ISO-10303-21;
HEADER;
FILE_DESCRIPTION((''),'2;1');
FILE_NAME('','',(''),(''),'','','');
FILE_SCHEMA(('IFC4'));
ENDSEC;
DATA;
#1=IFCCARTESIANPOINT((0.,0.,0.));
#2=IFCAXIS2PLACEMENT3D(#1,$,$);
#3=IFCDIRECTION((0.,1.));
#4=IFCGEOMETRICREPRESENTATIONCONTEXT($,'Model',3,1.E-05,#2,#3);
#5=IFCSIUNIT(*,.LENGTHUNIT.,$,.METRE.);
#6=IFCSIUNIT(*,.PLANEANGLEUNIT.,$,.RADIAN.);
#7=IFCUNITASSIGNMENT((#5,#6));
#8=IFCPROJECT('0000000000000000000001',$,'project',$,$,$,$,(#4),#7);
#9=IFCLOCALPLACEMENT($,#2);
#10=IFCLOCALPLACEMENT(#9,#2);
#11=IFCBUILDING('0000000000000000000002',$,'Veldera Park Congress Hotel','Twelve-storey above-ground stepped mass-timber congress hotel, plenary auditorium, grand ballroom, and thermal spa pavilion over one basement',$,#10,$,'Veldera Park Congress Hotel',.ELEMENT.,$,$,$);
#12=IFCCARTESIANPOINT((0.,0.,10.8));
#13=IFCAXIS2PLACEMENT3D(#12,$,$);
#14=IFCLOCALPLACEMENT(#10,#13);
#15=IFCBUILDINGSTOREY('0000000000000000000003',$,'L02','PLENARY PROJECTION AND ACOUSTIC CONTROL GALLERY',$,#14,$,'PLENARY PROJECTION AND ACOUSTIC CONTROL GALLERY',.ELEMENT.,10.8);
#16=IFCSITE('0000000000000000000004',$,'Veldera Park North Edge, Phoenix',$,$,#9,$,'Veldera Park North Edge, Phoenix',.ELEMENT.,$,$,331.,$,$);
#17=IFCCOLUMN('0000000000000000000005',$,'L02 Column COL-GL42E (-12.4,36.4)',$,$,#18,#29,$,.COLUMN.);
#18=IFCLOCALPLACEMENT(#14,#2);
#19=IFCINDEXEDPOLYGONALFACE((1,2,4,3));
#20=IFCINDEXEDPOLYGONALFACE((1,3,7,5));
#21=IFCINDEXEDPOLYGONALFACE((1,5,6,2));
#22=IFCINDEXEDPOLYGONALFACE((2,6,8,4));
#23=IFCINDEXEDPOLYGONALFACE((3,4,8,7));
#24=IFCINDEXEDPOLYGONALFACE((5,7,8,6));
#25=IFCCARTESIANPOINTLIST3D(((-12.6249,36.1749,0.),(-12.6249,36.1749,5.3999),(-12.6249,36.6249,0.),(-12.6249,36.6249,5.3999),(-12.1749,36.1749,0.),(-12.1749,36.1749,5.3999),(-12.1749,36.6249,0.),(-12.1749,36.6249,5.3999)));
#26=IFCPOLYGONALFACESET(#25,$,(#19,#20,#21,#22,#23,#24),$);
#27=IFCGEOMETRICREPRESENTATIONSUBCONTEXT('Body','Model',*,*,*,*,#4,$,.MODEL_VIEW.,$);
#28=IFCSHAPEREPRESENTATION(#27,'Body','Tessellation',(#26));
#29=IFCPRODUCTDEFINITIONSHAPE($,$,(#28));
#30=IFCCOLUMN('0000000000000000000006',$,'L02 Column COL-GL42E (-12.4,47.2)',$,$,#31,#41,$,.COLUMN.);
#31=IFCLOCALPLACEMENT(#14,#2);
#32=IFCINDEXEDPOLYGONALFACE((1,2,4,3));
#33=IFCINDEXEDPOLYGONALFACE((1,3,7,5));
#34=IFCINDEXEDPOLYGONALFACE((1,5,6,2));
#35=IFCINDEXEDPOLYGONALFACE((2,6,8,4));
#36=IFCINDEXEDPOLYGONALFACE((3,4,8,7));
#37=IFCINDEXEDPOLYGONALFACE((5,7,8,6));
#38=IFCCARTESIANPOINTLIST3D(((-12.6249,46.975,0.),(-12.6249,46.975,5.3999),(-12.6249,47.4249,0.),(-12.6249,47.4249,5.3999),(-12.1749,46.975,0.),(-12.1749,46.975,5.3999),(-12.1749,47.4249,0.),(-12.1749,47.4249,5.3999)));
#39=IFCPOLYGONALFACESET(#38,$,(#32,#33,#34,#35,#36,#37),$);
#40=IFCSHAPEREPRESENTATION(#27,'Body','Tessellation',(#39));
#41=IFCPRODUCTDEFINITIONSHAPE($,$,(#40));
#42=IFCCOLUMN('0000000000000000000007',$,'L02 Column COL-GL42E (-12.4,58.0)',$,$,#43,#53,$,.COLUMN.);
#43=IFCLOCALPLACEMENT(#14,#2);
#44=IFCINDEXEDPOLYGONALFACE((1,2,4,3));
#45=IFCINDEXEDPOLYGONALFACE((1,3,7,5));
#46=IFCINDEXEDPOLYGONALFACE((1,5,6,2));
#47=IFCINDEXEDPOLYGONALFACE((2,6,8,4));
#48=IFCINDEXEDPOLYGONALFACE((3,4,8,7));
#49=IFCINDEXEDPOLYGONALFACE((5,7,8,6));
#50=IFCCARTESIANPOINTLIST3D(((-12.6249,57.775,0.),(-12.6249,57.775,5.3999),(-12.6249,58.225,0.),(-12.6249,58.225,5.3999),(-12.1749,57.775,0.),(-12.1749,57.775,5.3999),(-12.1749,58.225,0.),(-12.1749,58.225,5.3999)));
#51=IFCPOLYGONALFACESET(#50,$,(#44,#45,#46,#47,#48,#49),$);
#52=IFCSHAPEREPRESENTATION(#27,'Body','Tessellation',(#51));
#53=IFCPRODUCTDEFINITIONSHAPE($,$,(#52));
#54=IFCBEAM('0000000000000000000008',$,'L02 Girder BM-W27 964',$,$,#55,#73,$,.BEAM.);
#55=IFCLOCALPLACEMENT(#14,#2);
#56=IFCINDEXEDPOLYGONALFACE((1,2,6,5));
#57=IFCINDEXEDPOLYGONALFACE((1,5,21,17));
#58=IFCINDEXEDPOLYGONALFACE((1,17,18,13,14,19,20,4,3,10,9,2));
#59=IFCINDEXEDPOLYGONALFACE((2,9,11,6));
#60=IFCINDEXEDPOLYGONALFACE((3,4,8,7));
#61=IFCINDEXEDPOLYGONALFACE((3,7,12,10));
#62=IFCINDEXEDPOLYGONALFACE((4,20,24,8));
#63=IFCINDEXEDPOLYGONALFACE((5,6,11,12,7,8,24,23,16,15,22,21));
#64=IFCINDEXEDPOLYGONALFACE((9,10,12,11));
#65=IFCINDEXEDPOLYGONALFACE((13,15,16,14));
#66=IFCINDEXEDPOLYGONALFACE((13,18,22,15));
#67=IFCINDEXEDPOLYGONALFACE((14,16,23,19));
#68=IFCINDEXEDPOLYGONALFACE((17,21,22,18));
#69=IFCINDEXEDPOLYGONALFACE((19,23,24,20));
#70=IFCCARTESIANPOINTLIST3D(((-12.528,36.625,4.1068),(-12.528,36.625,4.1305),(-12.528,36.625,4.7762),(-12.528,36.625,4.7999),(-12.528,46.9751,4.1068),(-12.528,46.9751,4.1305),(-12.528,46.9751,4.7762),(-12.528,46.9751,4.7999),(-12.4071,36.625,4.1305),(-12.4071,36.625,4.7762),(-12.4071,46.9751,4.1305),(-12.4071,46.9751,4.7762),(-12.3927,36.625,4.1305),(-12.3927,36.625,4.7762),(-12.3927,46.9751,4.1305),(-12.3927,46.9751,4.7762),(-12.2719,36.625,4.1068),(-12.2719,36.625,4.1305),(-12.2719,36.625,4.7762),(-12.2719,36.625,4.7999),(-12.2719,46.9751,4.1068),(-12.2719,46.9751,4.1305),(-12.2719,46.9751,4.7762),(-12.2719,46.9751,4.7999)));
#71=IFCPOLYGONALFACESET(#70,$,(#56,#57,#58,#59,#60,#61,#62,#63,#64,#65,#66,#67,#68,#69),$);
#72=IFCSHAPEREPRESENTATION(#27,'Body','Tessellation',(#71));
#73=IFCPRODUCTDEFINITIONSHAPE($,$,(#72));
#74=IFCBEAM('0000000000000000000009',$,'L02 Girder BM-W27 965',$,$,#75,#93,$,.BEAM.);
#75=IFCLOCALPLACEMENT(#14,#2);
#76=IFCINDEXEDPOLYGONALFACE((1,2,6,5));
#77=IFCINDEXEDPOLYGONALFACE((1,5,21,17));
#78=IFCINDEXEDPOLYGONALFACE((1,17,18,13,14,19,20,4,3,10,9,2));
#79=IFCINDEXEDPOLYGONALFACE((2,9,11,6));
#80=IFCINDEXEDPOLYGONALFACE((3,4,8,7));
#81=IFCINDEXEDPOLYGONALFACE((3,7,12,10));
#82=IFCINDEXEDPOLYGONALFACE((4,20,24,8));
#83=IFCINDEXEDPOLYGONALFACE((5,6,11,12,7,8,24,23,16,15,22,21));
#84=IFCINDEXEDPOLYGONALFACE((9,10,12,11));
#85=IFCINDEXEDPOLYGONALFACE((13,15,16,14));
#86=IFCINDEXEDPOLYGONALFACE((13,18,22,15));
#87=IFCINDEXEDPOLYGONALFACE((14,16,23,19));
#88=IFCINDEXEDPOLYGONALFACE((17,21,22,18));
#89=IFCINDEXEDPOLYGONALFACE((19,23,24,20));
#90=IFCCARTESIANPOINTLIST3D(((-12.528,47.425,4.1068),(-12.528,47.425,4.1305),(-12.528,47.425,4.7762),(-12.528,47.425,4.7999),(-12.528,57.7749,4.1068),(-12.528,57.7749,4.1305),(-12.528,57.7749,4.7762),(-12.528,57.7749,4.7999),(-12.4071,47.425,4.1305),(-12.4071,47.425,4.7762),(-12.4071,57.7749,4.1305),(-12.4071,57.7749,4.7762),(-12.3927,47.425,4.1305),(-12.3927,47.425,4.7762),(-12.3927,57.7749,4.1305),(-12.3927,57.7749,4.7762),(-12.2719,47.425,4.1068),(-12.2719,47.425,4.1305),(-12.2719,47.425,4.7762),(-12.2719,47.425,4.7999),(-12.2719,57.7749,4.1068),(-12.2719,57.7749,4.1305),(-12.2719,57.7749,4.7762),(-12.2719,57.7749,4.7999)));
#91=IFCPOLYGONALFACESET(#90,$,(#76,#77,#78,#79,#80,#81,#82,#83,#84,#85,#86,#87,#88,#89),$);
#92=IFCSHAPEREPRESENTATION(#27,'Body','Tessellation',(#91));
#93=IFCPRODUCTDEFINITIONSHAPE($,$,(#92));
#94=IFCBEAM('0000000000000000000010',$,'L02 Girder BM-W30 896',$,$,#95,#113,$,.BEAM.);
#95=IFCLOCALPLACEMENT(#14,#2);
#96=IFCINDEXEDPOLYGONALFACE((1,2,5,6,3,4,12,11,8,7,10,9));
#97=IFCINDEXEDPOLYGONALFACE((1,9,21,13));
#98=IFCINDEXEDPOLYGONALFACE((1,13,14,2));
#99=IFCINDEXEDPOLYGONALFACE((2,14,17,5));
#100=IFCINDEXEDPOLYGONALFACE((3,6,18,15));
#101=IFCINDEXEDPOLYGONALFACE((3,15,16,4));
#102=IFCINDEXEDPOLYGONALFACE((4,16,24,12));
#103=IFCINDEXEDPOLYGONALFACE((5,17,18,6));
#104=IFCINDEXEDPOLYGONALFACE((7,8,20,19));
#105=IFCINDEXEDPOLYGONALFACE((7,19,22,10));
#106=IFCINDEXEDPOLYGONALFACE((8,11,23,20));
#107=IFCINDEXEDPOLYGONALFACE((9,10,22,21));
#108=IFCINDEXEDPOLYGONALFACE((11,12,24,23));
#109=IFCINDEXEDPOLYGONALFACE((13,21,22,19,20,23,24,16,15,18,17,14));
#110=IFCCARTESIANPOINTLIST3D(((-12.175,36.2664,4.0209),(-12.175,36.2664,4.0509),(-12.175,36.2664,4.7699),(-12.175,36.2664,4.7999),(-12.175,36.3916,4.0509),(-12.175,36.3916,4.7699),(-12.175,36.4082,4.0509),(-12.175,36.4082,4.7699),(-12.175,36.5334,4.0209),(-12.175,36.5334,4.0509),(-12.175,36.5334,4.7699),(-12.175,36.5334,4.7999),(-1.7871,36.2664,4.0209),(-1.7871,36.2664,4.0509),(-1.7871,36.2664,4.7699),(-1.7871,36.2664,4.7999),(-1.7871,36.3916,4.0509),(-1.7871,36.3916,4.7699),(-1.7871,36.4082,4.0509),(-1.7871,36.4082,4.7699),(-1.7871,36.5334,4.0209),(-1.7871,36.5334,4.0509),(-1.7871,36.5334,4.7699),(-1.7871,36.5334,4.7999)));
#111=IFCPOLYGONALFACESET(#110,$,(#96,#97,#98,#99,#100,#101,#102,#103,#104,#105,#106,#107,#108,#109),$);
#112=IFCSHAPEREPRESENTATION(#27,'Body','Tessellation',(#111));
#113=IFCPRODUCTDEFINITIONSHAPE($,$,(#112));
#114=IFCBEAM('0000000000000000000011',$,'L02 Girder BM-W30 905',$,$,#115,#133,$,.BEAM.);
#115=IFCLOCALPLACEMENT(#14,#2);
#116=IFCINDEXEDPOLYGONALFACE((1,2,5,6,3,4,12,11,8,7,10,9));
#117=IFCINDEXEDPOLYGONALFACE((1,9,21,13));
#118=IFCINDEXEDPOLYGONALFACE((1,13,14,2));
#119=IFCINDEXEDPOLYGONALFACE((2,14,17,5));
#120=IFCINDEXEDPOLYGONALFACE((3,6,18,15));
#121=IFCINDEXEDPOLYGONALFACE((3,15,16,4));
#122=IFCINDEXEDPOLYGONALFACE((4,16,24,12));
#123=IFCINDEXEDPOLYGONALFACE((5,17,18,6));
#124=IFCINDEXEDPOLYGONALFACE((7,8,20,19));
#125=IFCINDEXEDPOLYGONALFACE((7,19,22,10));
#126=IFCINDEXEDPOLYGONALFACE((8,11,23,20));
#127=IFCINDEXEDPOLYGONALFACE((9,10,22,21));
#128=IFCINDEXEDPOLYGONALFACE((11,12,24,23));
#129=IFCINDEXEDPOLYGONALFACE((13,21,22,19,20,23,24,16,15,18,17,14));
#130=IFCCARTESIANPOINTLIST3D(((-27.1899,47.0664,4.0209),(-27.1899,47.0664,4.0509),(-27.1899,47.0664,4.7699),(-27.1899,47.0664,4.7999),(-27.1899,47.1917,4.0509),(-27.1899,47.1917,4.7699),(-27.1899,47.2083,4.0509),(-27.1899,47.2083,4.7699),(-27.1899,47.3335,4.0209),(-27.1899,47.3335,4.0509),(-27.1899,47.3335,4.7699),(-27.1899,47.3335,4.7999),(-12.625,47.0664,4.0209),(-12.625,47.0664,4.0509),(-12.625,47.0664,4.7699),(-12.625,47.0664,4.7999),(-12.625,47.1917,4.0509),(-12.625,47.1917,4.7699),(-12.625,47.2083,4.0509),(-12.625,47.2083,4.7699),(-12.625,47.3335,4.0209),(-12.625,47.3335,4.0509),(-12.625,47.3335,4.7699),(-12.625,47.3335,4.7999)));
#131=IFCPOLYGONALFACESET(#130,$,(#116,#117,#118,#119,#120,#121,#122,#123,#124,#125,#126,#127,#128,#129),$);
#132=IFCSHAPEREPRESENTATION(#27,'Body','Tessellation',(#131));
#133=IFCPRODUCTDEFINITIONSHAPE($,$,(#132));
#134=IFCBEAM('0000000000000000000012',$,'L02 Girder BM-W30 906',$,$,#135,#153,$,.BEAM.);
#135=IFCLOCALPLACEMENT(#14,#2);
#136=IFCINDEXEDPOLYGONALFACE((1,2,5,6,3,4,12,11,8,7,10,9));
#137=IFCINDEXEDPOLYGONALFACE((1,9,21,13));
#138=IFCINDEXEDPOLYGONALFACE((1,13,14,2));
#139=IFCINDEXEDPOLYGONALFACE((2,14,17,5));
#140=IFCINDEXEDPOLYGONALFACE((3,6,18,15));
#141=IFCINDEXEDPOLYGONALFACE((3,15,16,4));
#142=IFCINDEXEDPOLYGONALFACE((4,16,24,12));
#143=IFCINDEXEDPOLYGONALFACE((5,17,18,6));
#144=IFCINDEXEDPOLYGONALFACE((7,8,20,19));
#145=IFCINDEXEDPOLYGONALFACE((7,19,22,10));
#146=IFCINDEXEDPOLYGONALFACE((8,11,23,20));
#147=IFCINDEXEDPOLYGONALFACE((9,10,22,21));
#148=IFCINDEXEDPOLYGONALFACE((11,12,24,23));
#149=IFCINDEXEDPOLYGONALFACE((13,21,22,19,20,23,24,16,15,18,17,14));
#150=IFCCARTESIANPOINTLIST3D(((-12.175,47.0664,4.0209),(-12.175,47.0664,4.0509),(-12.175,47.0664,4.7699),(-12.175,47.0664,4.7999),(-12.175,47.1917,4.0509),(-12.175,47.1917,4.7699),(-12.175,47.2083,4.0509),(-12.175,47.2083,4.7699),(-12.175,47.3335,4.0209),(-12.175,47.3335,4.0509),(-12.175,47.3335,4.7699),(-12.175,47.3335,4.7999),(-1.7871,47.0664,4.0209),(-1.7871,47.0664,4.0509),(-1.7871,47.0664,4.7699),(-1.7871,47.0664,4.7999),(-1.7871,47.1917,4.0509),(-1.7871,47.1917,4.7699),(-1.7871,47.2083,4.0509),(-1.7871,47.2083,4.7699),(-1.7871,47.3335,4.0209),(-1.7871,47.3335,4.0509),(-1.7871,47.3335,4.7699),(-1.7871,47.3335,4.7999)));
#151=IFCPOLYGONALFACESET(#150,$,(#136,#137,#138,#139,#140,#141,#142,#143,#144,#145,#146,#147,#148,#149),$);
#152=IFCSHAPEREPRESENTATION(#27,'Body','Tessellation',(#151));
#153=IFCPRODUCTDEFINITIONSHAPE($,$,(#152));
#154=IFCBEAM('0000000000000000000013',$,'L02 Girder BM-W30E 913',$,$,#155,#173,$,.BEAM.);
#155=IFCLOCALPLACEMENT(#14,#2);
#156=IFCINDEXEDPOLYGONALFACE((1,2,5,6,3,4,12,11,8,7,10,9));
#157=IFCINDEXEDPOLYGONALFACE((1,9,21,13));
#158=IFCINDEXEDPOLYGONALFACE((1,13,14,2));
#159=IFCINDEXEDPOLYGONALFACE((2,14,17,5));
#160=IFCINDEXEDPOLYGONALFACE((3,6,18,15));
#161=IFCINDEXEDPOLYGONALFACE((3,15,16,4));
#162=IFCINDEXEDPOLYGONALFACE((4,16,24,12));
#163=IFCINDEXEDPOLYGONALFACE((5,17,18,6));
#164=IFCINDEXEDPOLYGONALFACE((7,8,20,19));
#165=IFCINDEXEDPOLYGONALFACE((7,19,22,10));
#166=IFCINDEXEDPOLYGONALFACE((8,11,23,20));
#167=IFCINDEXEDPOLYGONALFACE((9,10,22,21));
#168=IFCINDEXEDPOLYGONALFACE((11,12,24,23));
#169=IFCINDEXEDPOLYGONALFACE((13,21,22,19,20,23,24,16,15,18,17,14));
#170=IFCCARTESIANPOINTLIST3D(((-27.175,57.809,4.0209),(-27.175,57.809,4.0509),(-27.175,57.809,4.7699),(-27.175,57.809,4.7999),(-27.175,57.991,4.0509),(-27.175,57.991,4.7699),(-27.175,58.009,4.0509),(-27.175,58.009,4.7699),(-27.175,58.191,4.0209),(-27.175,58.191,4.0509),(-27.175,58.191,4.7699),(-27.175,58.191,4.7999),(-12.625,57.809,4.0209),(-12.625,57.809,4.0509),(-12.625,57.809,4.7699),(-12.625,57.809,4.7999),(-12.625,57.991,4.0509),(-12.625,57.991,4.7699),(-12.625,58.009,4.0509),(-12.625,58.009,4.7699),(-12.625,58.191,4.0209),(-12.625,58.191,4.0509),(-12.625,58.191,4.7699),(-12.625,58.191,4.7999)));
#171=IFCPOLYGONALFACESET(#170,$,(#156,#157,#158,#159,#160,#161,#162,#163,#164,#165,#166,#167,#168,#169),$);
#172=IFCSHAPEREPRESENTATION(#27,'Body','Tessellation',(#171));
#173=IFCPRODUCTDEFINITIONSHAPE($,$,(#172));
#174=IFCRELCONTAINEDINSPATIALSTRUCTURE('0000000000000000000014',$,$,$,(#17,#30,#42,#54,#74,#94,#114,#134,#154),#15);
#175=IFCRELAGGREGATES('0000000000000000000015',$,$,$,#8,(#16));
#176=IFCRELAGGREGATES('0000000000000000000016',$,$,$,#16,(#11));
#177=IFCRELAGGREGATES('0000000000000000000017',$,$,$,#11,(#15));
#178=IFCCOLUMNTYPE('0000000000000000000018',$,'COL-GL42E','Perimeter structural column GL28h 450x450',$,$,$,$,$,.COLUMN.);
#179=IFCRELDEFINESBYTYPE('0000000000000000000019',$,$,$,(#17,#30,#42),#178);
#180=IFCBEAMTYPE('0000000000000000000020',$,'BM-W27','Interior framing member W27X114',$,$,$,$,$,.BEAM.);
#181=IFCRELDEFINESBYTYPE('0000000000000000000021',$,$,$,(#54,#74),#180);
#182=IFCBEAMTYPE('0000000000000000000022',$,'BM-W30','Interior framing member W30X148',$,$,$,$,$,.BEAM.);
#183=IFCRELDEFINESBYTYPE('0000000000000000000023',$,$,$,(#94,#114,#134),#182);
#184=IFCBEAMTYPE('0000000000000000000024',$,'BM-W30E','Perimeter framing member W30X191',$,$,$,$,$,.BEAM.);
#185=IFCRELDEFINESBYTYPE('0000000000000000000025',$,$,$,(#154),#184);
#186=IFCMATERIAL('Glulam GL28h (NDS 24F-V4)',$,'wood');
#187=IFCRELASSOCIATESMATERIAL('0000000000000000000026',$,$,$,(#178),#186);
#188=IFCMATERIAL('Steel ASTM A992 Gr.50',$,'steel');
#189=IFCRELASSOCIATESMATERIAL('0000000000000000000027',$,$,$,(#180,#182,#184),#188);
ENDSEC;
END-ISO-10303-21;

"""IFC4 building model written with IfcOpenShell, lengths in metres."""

from ifc_helpers import new_model, si_unit, direction, frame, origin, origin_2d, place, context, subcontext, project, spatial, rectangle, i_section, extrude, material, material_profile, profile_set, type_object, element, save


model = new_model("IFC4")

# Units and contexts
model_context = context("Model", 3, precision=1e-05, world=origin(), true_north=direction((0.0, 1.0)))
body_context = subcontext(model_context, "Body", "Model", "MODEL_VIEW")
ifc_project = project(units=[si_unit("LENGTHUNIT", "METRE"), si_unit("PLANEANGLEUNIT", "RADIAN")], contexts=[model_context])

# Site, building, storey
site_placement = place(None, origin())
site = spatial("IfcSite", under=ifc_project, at=site_placement, Name="Veldera Park North Edge, Phoenix", LongName="Veldera Park North Edge, Phoenix", CompositionType="ELEMENT", RefElevation=331.0)
building_placement = place(site_placement, origin())
building = spatial("IfcBuilding", under=site, at=building_placement, Name="Veldera Park Congress Hotel", Description="Twelve-storey above-ground stepped mass-timber congress hotel, plenary auditorium, grand ballroom, and thermal spa pavilion over one basement", LongName="Veldera Park Congress Hotel", CompositionType="ELEMENT")
storey_placement = place(building_placement, frame((0.0, 0.0, 10.8)))
storey = spatial("IfcBuildingStorey", under=building, at=storey_placement, Name="L02", Description="PLENARY PROJECTION AND ACOUSTIC CONTROL GALLERY", LongName="PLENARY PROJECTION AND ACOUSTIC CONTROL GALLERY", CompositionType="ELEMENT", Elevation=10.8)

# Columns
ifc_material_1 = material(Name="Glulam GL28h (NDS 24F-V4)", Category="wood")
ifc_material_profile_1 = material_profile(ifc_material_1, rectangle(XDim=0.45, YDim=0.45, at=origin_2d()), Name="GL28h 450x450")
ifc_profile_set_1 = profile_set([ifc_material_profile_1], Name="Glulam GL28h (NDS 24F-V4)")
column_type = type_object("IfcColumnType", Name="COL-GL42E", Description="Perimeter structural column GL28h 450x450", PredefinedType="COLUMN", material=ifc_profile_set_1)
for number, where, z_axis, x_axis, name in (
    (1, (-12.3999, 36.3999, 0.0), (0.0, 0.0, 1.0), (1.0, 0.0, 0.0), "L02 Column COL-GL42E (-12.4,36.4)"),
    (2, (-12.3999, 47.2, 0.0), (0.0, 0.0, 1.0), (1.0, 0.0, 0.0), "L02 Column COL-GL42E (-12.4,47.2)"),
    (3, (-12.3999, 58.0, 0.0), (0.0, 0.0, 1.0), (1.0, 0.0, 0.0), "L02 Column COL-GL42E (-12.4,58.0)"),
):
    element("IfcColumn", number, at=place(storey_placement, frame(where, z_axis=z_axis, x_axis=x_axis)), inside=storey, type_object=column_type, Name=name, PredefinedType="COLUMN", context=body_context, shape_type="SweptSolid", body=[
        extrude(rectangle(XDim=0.45, YDim=0.45, at=origin_2d()), origin(), (0.0, 0.0, 1.0), 5.3999),
    ])

# Beams
ifc_material_2 = material(Name="Steel ASTM A992 Gr.50", Category="steel")
ifc_material_profile_2 = material_profile(ifc_material_2, i_section(OverallWidth=0.2561, OverallDepth=0.6931, WebThickness=0.0144, FlangeThickness=0.0237, at=origin_2d()), Name="W27X114")
ifc_profile_set_2 = profile_set([ifc_material_profile_2], Name="Steel ASTM A992 Gr.50")
beam_type_1 = type_object("IfcBeamType", Name="BM-W27", Description="Interior framing member W27X114", PredefinedType="BEAM", material=ifc_profile_set_2)
beam_1_placement = place(storey_placement, frame((-12.3999, 36.625, 4.4534), z_axis=(0.0, 1.0, 0.0), x_axis=(-1.0, 0.0, 0.0)))
element("IfcBeam", 4, at=beam_1_placement, inside=storey, type_object=beam_type_1, Name="L02 Girder BM-W27 964", PredefinedType="BEAM", context=body_context, shape_type="SweptSolid", body=[
    extrude(i_section(OverallWidth=0.2561, OverallDepth=0.6931, WebThickness=0.0144, FlangeThickness=0.0237, at=origin_2d()), origin(), (0.0, 0.0, 1.0), 10.3501),
])
beam_2_placement = place(storey_placement, frame((-12.3999, 47.425, 4.4534), z_axis=(0.0, 1.0, 0.0), x_axis=(-1.0, 0.0, 0.0)))
element("IfcBeam", 5, at=beam_2_placement, inside=storey, type_object=beam_type_1, Name="L02 Girder BM-W27 965", PredefinedType="BEAM", context=body_context, shape_type="SweptSolid", body=[
    extrude(i_section(OverallWidth=0.2561, OverallDepth=0.6931, WebThickness=0.0144, FlangeThickness=0.0237, at=origin_2d()), origin(), (0.0, 0.0, 1.0), 10.3499),
])
ifc_material_profile_3 = material_profile(ifc_material_2, i_section(OverallWidth=0.2671, OverallDepth=0.7791, WebThickness=0.0166, FlangeThickness=0.03, at=origin_2d()), Name="W30X148")
ifc_profile_set_3 = profile_set([ifc_material_profile_3], Name="Steel ASTM A992 Gr.50")
beam_type_2 = type_object("IfcBeamType", Name="BM-W30", Description="Interior framing member W30X148", PredefinedType="BEAM", material=ifc_profile_set_3)
beam_3_placement = place(storey_placement, frame((-12.175, 36.3999, 4.4104), z_axis=(1.0, 0.0, 0.0), x_axis=(0.0, 1.0, 0.0)))
element("IfcBeam", 6, at=beam_3_placement, inside=storey, type_object=beam_type_2, Name="L02 Girder BM-W30 896", PredefinedType="BEAM", context=body_context, shape_type="SweptSolid", body=[
    extrude(i_section(OverallWidth=0.2671, OverallDepth=0.7791, WebThickness=0.0166, FlangeThickness=0.03, at=origin_2d()), origin(), (0.0, 0.0, 1.0), 10.3879),
])
beam_4_placement = place(storey_placement, frame((-27.1899, 47.2, 4.4104), z_axis=(1.0, 0.0, 0.0), x_axis=(0.0, 1.0, 0.0)))
element("IfcBeam", 7, at=beam_4_placement, inside=storey, type_object=beam_type_2, Name="L02 Girder BM-W30 905", PredefinedType="BEAM", context=body_context, shape_type="SweptSolid", body=[
    extrude(i_section(OverallWidth=0.2671, OverallDepth=0.7791, WebThickness=0.0166, FlangeThickness=0.03, at=origin_2d()), origin(), (0.0, 0.0, 1.0), 14.5649),
])
beam_5_placement = place(storey_placement, frame((-12.175, 47.2, 4.4104), z_axis=(1.0, 0.0, 0.0), x_axis=(0.0, 1.0, 0.0)))
element("IfcBeam", 8, at=beam_5_placement, inside=storey, type_object=beam_type_2, Name="L02 Girder BM-W30 906", PredefinedType="BEAM", context=body_context, shape_type="SweptSolid", body=[
    extrude(i_section(OverallWidth=0.2671, OverallDepth=0.7791, WebThickness=0.0166, FlangeThickness=0.03, at=origin_2d()), origin(), (0.0, 0.0, 1.0), 10.3879),
])
ifc_material_profile_4 = material_profile(ifc_material_2, i_section(OverallWidth=0.3821, OverallDepth=0.7791, WebThickness=0.0181, FlangeThickness=0.03, at=origin_2d()), Name="W30X191")
ifc_profile_set_4 = profile_set([ifc_material_profile_4], Name="Steel ASTM A992 Gr.50")
beam_type_3 = type_object("IfcBeamType", Name="BM-W30E", Description="Perimeter framing member W30X191", PredefinedType="BEAM", material=ifc_profile_set_4)
beam_6_placement = place(storey_placement, frame((-27.175, 58.0, 4.4104), z_axis=(1.0, 0.0, 0.0), x_axis=(0.0, 1.0, 0.0)))
element("IfcBeam", 9, at=beam_6_placement, inside=storey, type_object=beam_type_3, Name="L02 Girder BM-W30E 913", PredefinedType="BEAM", context=body_context, shape_type="SweptSolid", body=[
    extrude(i_section(OverallWidth=0.3821, OverallDepth=0.7791, WebThickness=0.0181, FlangeThickness=0.03, at=origin_2d()), origin(), (0.0, 0.0, 1.0), 14.55),
])

save(model, "model.ifc")
